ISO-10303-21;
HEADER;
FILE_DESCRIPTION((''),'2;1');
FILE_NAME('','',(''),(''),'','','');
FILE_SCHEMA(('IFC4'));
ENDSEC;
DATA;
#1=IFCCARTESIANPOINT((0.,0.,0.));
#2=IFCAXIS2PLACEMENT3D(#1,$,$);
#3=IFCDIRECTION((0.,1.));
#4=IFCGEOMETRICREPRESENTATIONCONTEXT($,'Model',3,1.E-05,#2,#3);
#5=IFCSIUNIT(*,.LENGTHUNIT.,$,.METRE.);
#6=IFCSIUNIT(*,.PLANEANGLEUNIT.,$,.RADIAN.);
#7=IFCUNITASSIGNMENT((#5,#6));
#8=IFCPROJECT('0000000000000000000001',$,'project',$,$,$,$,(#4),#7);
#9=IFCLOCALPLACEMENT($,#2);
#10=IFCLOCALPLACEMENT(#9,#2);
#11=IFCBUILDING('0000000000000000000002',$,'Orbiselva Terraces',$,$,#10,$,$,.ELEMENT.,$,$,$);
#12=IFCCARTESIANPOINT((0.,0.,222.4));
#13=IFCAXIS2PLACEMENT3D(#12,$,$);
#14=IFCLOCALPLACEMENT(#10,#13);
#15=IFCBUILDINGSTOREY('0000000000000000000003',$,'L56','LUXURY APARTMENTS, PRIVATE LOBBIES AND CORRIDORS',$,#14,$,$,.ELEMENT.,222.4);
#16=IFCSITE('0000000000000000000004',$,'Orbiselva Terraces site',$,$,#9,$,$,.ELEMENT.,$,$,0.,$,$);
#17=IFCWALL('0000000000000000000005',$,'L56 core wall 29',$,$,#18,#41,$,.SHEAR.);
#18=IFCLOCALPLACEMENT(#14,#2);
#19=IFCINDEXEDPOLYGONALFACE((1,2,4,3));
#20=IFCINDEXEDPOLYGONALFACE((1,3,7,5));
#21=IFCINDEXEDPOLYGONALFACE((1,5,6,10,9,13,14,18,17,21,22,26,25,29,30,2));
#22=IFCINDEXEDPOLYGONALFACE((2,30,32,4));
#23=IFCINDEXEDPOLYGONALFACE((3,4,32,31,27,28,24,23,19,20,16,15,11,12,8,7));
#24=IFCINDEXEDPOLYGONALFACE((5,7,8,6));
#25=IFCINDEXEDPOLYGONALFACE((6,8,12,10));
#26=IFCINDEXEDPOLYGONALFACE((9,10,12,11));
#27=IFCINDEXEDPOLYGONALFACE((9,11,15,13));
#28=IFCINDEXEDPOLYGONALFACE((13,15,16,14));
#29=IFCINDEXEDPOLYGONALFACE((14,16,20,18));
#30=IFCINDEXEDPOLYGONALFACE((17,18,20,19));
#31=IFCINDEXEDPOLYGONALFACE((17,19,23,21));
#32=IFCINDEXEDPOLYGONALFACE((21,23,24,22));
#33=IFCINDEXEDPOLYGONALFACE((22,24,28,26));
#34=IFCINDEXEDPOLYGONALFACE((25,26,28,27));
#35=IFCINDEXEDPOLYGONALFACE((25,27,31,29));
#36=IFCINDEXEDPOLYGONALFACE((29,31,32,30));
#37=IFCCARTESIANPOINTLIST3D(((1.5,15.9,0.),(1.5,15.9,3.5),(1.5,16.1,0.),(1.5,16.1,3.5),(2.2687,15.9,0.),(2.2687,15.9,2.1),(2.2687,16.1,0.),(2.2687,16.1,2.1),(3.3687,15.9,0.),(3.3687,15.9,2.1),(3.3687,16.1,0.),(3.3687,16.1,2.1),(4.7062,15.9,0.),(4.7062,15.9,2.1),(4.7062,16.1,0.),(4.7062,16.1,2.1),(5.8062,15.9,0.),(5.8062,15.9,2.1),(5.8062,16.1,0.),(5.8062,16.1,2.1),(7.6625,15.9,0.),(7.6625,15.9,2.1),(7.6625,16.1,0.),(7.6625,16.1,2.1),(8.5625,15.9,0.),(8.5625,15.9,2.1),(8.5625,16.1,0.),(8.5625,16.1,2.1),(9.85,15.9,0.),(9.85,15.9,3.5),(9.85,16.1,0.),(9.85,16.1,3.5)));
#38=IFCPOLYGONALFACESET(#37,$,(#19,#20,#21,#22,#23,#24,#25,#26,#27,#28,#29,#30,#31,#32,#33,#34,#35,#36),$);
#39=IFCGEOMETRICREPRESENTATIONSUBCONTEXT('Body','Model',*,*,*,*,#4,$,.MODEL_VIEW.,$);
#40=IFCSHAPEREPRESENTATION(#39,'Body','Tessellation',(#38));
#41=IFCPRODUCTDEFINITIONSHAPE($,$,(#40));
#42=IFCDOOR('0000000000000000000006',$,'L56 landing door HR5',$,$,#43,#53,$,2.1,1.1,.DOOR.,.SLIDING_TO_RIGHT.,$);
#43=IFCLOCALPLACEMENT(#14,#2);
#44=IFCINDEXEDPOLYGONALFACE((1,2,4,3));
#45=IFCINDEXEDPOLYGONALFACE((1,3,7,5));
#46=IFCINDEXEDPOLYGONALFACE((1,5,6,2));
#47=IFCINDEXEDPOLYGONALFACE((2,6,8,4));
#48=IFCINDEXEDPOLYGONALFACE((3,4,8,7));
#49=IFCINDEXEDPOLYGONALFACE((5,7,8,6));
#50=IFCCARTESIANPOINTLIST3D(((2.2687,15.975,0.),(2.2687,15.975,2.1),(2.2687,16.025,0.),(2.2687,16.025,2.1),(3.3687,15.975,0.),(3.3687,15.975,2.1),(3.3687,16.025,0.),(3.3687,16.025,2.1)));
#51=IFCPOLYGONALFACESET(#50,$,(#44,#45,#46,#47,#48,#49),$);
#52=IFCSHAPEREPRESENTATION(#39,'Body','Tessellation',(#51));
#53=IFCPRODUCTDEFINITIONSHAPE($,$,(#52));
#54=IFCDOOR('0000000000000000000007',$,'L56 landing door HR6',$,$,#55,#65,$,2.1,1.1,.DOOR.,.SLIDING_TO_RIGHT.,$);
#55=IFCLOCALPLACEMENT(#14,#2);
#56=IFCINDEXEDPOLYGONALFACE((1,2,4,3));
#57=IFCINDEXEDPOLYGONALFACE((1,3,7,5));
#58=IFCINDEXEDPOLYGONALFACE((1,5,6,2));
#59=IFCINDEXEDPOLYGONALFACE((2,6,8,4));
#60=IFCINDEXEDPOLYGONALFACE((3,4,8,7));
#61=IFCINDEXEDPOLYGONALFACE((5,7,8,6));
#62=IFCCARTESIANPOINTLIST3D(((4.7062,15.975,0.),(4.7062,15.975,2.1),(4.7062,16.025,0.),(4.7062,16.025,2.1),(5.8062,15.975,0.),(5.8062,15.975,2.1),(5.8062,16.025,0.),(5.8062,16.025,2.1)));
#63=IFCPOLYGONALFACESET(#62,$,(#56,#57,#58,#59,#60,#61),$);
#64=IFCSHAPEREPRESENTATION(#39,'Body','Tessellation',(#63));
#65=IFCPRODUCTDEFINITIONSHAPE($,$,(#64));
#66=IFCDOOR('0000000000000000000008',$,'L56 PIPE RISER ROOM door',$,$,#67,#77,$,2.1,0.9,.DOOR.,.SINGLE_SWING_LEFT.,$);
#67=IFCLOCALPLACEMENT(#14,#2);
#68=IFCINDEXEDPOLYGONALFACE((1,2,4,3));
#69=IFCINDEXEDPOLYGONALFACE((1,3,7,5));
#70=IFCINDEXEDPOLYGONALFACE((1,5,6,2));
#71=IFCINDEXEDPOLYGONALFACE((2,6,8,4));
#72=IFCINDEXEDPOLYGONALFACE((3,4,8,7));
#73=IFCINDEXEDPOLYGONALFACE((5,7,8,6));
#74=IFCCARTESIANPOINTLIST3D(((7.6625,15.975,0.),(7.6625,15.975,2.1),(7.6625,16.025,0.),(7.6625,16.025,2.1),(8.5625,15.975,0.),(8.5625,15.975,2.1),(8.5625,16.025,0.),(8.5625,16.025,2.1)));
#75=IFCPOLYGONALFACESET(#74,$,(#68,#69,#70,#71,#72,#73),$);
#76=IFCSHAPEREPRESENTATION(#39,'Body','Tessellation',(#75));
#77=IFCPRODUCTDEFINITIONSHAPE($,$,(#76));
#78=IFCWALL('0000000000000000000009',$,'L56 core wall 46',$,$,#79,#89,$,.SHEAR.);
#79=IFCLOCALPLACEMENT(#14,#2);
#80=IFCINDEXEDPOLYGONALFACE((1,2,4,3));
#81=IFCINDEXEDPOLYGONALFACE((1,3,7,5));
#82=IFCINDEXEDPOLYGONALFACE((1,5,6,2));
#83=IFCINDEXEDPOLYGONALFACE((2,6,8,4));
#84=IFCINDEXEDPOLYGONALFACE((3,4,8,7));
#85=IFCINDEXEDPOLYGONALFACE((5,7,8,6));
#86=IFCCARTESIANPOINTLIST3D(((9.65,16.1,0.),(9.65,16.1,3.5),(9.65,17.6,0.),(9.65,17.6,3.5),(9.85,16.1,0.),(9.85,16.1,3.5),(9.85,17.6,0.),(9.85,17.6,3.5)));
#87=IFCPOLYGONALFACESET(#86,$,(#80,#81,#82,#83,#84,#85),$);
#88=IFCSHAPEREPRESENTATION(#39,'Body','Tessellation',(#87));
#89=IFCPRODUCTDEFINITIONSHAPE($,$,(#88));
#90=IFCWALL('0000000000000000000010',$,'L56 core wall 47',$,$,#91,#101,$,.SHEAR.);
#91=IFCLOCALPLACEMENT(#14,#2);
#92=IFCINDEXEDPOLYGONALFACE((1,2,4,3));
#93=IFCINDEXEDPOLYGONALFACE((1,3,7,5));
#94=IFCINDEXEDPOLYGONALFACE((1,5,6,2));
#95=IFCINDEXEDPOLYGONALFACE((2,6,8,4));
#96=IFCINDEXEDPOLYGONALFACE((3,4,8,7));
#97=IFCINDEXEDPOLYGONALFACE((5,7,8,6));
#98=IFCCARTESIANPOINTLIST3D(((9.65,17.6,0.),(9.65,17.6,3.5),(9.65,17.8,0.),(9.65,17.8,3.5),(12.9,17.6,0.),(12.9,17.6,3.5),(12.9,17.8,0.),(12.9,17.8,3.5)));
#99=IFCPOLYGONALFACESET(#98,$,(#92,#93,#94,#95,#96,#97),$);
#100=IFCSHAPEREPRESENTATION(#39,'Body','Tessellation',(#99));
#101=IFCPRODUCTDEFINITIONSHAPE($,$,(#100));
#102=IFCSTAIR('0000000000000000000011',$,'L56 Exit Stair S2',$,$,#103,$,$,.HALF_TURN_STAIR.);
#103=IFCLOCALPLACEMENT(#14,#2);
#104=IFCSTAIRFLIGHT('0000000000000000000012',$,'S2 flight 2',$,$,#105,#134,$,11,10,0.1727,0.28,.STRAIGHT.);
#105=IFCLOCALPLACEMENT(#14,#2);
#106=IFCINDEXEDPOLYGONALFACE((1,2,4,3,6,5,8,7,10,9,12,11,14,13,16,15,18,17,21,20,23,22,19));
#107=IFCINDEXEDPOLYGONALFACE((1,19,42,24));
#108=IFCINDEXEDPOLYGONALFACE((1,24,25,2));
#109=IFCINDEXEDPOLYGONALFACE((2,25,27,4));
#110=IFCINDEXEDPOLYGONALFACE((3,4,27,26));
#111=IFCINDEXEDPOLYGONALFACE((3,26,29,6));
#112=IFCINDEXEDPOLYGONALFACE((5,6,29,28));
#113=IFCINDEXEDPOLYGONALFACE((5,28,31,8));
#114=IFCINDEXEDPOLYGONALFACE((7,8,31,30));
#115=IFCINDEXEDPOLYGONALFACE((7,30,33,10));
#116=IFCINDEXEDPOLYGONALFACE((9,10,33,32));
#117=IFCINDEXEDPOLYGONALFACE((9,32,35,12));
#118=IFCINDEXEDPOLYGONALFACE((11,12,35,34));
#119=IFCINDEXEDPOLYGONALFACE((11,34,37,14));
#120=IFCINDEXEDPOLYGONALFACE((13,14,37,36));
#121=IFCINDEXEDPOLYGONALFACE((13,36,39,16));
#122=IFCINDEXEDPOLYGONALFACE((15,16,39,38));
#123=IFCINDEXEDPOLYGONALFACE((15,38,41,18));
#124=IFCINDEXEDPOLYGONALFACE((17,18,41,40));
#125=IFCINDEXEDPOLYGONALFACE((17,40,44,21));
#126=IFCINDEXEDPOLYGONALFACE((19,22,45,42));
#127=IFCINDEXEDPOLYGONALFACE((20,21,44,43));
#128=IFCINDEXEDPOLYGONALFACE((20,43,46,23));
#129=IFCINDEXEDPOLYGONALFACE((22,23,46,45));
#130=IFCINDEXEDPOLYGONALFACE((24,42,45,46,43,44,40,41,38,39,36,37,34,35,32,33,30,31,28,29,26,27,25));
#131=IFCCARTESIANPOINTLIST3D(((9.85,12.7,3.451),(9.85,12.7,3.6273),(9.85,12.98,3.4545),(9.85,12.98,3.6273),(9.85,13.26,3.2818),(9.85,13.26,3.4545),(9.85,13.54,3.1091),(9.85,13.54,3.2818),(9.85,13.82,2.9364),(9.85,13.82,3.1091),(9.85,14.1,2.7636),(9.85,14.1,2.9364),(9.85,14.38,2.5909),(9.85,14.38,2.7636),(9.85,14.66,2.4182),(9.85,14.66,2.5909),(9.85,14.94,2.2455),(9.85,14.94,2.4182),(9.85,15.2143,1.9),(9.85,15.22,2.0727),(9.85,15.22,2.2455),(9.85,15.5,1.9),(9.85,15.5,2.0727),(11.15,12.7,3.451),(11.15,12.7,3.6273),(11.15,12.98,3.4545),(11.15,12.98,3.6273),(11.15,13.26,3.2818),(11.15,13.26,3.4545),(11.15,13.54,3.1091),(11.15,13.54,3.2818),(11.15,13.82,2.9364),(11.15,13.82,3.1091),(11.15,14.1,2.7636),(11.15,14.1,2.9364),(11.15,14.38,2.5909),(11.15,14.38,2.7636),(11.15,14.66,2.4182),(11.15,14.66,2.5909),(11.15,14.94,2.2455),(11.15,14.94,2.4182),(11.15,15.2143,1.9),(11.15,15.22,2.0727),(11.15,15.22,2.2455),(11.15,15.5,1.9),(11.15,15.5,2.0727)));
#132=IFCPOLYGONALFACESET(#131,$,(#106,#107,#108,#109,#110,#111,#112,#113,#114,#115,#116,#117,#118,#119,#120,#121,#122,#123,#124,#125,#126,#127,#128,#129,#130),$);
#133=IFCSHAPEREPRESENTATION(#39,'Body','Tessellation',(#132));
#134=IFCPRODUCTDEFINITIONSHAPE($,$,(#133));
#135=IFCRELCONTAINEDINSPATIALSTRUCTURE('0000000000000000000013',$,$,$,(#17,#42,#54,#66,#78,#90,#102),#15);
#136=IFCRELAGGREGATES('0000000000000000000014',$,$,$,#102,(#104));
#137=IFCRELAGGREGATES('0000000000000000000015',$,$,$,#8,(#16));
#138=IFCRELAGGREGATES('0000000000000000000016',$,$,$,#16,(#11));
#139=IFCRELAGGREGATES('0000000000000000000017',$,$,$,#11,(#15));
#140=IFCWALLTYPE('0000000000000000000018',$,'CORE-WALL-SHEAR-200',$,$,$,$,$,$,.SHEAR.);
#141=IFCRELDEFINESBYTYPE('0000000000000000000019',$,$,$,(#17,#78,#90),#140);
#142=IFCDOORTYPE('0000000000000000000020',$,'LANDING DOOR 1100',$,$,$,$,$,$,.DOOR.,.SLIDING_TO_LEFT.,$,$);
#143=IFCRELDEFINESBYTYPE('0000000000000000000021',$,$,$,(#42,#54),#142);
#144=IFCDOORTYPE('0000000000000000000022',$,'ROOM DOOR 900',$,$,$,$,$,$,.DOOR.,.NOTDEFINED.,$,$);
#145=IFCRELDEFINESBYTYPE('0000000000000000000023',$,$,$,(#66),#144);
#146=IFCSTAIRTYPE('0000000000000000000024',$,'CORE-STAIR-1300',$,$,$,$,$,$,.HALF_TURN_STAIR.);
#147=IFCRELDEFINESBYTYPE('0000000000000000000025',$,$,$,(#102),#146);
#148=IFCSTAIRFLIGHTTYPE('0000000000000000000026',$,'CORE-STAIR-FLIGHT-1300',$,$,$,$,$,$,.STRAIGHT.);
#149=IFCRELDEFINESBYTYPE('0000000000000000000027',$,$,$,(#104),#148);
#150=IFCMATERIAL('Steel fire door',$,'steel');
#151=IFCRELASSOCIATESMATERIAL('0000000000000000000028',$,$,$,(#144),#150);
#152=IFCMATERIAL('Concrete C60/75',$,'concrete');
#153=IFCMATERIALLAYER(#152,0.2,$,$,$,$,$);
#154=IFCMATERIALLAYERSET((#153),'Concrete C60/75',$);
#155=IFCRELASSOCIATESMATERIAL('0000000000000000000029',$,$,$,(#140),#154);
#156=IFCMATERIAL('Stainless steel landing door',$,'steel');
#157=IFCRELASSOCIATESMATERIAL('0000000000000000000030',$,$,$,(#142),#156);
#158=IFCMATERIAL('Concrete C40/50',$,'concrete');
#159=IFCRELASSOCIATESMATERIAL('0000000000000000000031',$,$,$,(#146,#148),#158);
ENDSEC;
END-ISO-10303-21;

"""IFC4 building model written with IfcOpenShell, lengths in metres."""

from ifc_helpers import new_model, si_unit, direction, frame, frame_2d, origin, place, context, subcontext, project, spatial, polyline, rectangle, outline, extrude, material, layer, layer_set, type_object, element, fill, aggregate, save


model = new_model("IFC4")

# Units and contexts
model_context = context("Model", 3, precision=1e-05, world=origin(), true_north=direction((0.0, 1.0)))
body_context = subcontext(model_context, "Body", "Model", "MODEL_VIEW")
ifc_project = project(units=[si_unit("LENGTHUNIT", "METRE"), si_unit("PLANEANGLEUNIT", "RADIAN")], contexts=[model_context])

# Site, building, storey
site_placement = place(None, origin())
site = spatial("IfcSite", under=ifc_project, at=site_placement, Name="Orbiselva Terraces site", CompositionType="ELEMENT", RefElevation=0.0)
building_placement = place(site_placement, origin())
building = spatial("IfcBuilding", under=site, at=building_placement, Name="Orbiselva Terraces", CompositionType="ELEMENT")
storey_placement = place(building_placement, frame((0.0, 0.0, 222.4)))
storey = spatial("IfcBuildingStorey", under=building, at=storey_placement, Name="L56", Description="LUXURY APARTMENTS, PRIVATE LOBBIES AND CORRIDORS", CompositionType="ELEMENT", Elevation=222.4)

# Shared definitions
ifc_material_1 = material(Name="Steel fire door", Category="steel")
door_type_1 = type_object("IfcDoorType", Name="ROOM DOOR 900", OperationType="NOTDEFINED", PredefinedType="DOOR", material=ifc_material_1)

# Shared definitions
ifc_material_2 = material(Name="Concrete C40/50", Category="concrete")
ifc_material_3 = material(Name="Concrete C60/75", Category="concrete")
ifc_layer_1 = layer(ifc_material_3, 0.2)
ifc_layer_set_1 = layer_set([ifc_layer_1], Name="Concrete C60/75")
wall_type_1 = type_object("IfcWallType", Name="CORE-WALL-SHEAR-200", PredefinedType="SHEAR", material=ifc_layer_set_1)

# Wall, openings, doors
wall_1_placement = place(storey_placement, frame((9.85, 16.0, 0.0), z_axis=(0.0, 0.0, 1.0), x_axis=(-1.0, 0.0, 0.0)))
wall_1 = element("IfcWall", 1, at=wall_1_placement, inside=storey, type_object=wall_type_1, Name="L56 core wall 29", PredefinedType="SHEAR", context=body_context, shape_type="SweptSolid", body=[
    extrude(rectangle(XDim=8.35, YDim=0.2, at=frame_2d((4.175, 0.0))), origin(), (0.0, 0.0, 1.0), 3.5),
])
opening_1_placement = place(wall_1_placement, frame((6.4813, 0.0, 0.0)))
opening_1 = element("IfcOpeningElement", 2, at=opening_1_placement, cuts=wall_1, PredefinedType="OPENING", context=body_context, shape_type="SweptSolid", body=[
    extrude(rectangle(XDim=1.1, YDim=2.1, at=frame_2d((0.55, 1.05))), frame((0.0, 0.11, 0.0), z_axis=(0.0, -1.0, 0.0), x_axis=(1.0, 0.0, 0.0)), (0.0, 0.0, 1.0), 0.22),
])
opening_2_placement = place(wall_1_placement, frame((4.0438, 0.0, 0.0)))
opening_2 = element("IfcOpeningElement", 3, at=opening_2_placement, cuts=wall_1, PredefinedType="OPENING", context=body_context, shape_type="SweptSolid", body=[
    extrude(rectangle(XDim=1.1, YDim=2.1, at=frame_2d((0.55, 1.05))), frame((0.0, 0.11, 0.0), z_axis=(0.0, -1.0, 0.0), x_axis=(1.0, 0.0, 0.0)), (0.0, 0.0, 1.0), 0.22),
])
opening_3_placement = place(wall_1_placement, frame((1.2875, 0.0, 0.0)))
opening_3 = element("IfcOpeningElement", 4, at=opening_3_placement, cuts=wall_1, PredefinedType="OPENING", context=body_context, shape_type="SweptSolid", body=[
    extrude(rectangle(XDim=0.9, YDim=2.1, at=frame_2d((0.45, 1.05))), frame((0.0, 0.11, 0.0), z_axis=(0.0, -1.0, 0.0), x_axis=(1.0, 0.0, 0.0)), (0.0, 0.0, 1.0), 0.22),
])
ifc_material_4 = material(Name="Stainless steel landing door", Category="steel")
door_type_2 = type_object("IfcDoorType", Name="LANDING DOOR 1100", OperationType="SLIDING_TO_LEFT", PredefinedType="DOOR", material=ifc_material_4)
door_1_placement = place(opening_1_placement, origin())
door_1 = element("IfcDoor", 5, at=door_1_placement, inside=storey, type_object=door_type_2, Name="L56 landing door HR5", OperationType="SLIDING_TO_RIGHT", OverallHeight=2.1, OverallWidth=1.1, PredefinedType="DOOR", context=body_context, shape_type="SweptSolid", body=[
    extrude(rectangle(XDim=1.1, YDim=2.1, at=frame_2d((0.55, 1.05))), frame((0.0, 0.025, 0.0), z_axis=(0.0, -1.0, 0.0), x_axis=(1.0, 0.0, 0.0)), (0.0, 0.0, 1.0), 0.05),
])
fill(opening_1, door_1)
door_2_placement = place(opening_2_placement, origin())
door_2 = element("IfcDoor", 6, at=door_2_placement, inside=storey, type_object=door_type_2, Name="L56 landing door HR6", OperationType="SLIDING_TO_RIGHT", OverallHeight=2.1, OverallWidth=1.1, PredefinedType="DOOR", context=body_context, shape_type="SweptSolid", body=[
    extrude(rectangle(XDim=1.1, YDim=2.1, at=frame_2d((0.55, 1.05))), frame((0.0, 0.025, 0.0), z_axis=(0.0, -1.0, 0.0), x_axis=(1.0, 0.0, 0.0)), (0.0, 0.0, 1.0), 0.05),
])
fill(opening_2, door_2)
door_3_placement = place(opening_3_placement, origin())
door_3 = element("IfcDoor", 7, at=door_3_placement, inside=storey, type_object=door_type_1, Name="L56 PIPE RISER ROOM door", OperationType="SINGLE_SWING_LEFT", OverallHeight=2.1, OverallWidth=0.9, PredefinedType="DOOR", context=body_context, shape_type="SweptSolid", body=[
    extrude(rectangle(XDim=0.9, YDim=2.1, at=frame_2d((0.45, 1.05))), frame((0.0, 0.025, 0.0), z_axis=(0.0, -1.0, 0.0), x_axis=(1.0, 0.0, 0.0)), (0.0, 0.0, 1.0), 0.05),
])
fill(opening_3, door_3)

# Walls
wall_2_placement = place(storey_placement, frame((9.75, 16.1, 0.0), z_axis=(0.0, 0.0, 1.0), x_axis=(0.0, 1.0, 0.0)))
element("IfcWall", 8, at=wall_2_placement, inside=storey, type_object=wall_type_1, Name="L56 core wall 46", PredefinedType="SHEAR", context=body_context, shape_type="SweptSolid", body=[
    extrude(rectangle(XDim=1.5, YDim=0.2, at=frame_2d((0.75, 0.0))), origin(), (0.0, 0.0, 1.0), 3.5),
])
wall_3_placement = place(storey_placement, frame((9.65, 17.7, 0.0), z_axis=(0.0, 0.0, 1.0), x_axis=(1.0, 0.0, 0.0)))
element("IfcWall", 9, at=wall_3_placement, inside=storey, type_object=wall_type_1, Name="L56 core wall 47", PredefinedType="SHEAR", context=body_context, shape_type="SweptSolid", body=[
    extrude(rectangle(XDim=3.25, YDim=0.2, at=frame_2d((1.625, 0.0))), origin(), (0.0, 0.0, 1.0), 3.5),
])

# Stair, stair flight
stair_type = type_object("IfcStairType", Name="CORE-STAIR-1300", PredefinedType="HALF_TURN_STAIR", material=ifc_material_2)
stair_placement = place(storey_placement, origin())
stair = element("IfcStair", 10, at=stair_placement, inside=storey, type_object=stair_type, Name="L56 Exit Stair S2", PredefinedType="HALF_TURN_STAIR")
stair_flight_type = type_object("IfcStairFlightType", Name="CORE-STAIR-FLIGHT-1300", PredefinedType="STRAIGHT", material=ifc_material_2)
stair_flight_placement = place(storey_placement, frame((10.5, 15.5, 1.9), z_axis=(0.0, 0.0, 1.0), x_axis=(0.0, -1.0, 0.0)))
stair_flight = element("IfcStairFlight", 11, at=stair_flight_placement, type_object=stair_flight_type, Name="S2 flight 2", NumberOfRisers=11, NumberOfTreads=10, PredefinedType="STRAIGHT", RiserHeight=0.1727, TreadLength=0.28, context=body_context, shape_type="SweptSolid", body=[
    extrude(outline(polyline([(0.0, 0.0), (0.0, 0.1727), (0.28, 0.1727), (0.28, 0.3455), (0.56, 0.3455), (0.56, 0.5182), (0.84, 0.5182), (0.84, 0.6909), (1.12, 0.6909), (1.12, 0.8636), (1.4, 0.8636), (1.4, 1.0364), (1.68, 1.0364), (1.68, 1.2091), (1.96, 1.2091), (1.96, 1.3818), (2.24, 1.3818), (2.24, 1.5545), (2.52, 1.5545), (2.52, 1.7273), (2.8, 1.7273), (2.8, 1.9), (2.8, 1.551), (0.2857, 0.0), (0.0, 0.0)])), frame((0.0, 0.65, 0.0), z_axis=(0.0, -1.0, 0.0), x_axis=(1.0, 0.0, 0.0)), (0.0, 0.0, 1.0), 1.3),
])
aggregate(stair, [stair_flight])

save(model, "model.ifc")
